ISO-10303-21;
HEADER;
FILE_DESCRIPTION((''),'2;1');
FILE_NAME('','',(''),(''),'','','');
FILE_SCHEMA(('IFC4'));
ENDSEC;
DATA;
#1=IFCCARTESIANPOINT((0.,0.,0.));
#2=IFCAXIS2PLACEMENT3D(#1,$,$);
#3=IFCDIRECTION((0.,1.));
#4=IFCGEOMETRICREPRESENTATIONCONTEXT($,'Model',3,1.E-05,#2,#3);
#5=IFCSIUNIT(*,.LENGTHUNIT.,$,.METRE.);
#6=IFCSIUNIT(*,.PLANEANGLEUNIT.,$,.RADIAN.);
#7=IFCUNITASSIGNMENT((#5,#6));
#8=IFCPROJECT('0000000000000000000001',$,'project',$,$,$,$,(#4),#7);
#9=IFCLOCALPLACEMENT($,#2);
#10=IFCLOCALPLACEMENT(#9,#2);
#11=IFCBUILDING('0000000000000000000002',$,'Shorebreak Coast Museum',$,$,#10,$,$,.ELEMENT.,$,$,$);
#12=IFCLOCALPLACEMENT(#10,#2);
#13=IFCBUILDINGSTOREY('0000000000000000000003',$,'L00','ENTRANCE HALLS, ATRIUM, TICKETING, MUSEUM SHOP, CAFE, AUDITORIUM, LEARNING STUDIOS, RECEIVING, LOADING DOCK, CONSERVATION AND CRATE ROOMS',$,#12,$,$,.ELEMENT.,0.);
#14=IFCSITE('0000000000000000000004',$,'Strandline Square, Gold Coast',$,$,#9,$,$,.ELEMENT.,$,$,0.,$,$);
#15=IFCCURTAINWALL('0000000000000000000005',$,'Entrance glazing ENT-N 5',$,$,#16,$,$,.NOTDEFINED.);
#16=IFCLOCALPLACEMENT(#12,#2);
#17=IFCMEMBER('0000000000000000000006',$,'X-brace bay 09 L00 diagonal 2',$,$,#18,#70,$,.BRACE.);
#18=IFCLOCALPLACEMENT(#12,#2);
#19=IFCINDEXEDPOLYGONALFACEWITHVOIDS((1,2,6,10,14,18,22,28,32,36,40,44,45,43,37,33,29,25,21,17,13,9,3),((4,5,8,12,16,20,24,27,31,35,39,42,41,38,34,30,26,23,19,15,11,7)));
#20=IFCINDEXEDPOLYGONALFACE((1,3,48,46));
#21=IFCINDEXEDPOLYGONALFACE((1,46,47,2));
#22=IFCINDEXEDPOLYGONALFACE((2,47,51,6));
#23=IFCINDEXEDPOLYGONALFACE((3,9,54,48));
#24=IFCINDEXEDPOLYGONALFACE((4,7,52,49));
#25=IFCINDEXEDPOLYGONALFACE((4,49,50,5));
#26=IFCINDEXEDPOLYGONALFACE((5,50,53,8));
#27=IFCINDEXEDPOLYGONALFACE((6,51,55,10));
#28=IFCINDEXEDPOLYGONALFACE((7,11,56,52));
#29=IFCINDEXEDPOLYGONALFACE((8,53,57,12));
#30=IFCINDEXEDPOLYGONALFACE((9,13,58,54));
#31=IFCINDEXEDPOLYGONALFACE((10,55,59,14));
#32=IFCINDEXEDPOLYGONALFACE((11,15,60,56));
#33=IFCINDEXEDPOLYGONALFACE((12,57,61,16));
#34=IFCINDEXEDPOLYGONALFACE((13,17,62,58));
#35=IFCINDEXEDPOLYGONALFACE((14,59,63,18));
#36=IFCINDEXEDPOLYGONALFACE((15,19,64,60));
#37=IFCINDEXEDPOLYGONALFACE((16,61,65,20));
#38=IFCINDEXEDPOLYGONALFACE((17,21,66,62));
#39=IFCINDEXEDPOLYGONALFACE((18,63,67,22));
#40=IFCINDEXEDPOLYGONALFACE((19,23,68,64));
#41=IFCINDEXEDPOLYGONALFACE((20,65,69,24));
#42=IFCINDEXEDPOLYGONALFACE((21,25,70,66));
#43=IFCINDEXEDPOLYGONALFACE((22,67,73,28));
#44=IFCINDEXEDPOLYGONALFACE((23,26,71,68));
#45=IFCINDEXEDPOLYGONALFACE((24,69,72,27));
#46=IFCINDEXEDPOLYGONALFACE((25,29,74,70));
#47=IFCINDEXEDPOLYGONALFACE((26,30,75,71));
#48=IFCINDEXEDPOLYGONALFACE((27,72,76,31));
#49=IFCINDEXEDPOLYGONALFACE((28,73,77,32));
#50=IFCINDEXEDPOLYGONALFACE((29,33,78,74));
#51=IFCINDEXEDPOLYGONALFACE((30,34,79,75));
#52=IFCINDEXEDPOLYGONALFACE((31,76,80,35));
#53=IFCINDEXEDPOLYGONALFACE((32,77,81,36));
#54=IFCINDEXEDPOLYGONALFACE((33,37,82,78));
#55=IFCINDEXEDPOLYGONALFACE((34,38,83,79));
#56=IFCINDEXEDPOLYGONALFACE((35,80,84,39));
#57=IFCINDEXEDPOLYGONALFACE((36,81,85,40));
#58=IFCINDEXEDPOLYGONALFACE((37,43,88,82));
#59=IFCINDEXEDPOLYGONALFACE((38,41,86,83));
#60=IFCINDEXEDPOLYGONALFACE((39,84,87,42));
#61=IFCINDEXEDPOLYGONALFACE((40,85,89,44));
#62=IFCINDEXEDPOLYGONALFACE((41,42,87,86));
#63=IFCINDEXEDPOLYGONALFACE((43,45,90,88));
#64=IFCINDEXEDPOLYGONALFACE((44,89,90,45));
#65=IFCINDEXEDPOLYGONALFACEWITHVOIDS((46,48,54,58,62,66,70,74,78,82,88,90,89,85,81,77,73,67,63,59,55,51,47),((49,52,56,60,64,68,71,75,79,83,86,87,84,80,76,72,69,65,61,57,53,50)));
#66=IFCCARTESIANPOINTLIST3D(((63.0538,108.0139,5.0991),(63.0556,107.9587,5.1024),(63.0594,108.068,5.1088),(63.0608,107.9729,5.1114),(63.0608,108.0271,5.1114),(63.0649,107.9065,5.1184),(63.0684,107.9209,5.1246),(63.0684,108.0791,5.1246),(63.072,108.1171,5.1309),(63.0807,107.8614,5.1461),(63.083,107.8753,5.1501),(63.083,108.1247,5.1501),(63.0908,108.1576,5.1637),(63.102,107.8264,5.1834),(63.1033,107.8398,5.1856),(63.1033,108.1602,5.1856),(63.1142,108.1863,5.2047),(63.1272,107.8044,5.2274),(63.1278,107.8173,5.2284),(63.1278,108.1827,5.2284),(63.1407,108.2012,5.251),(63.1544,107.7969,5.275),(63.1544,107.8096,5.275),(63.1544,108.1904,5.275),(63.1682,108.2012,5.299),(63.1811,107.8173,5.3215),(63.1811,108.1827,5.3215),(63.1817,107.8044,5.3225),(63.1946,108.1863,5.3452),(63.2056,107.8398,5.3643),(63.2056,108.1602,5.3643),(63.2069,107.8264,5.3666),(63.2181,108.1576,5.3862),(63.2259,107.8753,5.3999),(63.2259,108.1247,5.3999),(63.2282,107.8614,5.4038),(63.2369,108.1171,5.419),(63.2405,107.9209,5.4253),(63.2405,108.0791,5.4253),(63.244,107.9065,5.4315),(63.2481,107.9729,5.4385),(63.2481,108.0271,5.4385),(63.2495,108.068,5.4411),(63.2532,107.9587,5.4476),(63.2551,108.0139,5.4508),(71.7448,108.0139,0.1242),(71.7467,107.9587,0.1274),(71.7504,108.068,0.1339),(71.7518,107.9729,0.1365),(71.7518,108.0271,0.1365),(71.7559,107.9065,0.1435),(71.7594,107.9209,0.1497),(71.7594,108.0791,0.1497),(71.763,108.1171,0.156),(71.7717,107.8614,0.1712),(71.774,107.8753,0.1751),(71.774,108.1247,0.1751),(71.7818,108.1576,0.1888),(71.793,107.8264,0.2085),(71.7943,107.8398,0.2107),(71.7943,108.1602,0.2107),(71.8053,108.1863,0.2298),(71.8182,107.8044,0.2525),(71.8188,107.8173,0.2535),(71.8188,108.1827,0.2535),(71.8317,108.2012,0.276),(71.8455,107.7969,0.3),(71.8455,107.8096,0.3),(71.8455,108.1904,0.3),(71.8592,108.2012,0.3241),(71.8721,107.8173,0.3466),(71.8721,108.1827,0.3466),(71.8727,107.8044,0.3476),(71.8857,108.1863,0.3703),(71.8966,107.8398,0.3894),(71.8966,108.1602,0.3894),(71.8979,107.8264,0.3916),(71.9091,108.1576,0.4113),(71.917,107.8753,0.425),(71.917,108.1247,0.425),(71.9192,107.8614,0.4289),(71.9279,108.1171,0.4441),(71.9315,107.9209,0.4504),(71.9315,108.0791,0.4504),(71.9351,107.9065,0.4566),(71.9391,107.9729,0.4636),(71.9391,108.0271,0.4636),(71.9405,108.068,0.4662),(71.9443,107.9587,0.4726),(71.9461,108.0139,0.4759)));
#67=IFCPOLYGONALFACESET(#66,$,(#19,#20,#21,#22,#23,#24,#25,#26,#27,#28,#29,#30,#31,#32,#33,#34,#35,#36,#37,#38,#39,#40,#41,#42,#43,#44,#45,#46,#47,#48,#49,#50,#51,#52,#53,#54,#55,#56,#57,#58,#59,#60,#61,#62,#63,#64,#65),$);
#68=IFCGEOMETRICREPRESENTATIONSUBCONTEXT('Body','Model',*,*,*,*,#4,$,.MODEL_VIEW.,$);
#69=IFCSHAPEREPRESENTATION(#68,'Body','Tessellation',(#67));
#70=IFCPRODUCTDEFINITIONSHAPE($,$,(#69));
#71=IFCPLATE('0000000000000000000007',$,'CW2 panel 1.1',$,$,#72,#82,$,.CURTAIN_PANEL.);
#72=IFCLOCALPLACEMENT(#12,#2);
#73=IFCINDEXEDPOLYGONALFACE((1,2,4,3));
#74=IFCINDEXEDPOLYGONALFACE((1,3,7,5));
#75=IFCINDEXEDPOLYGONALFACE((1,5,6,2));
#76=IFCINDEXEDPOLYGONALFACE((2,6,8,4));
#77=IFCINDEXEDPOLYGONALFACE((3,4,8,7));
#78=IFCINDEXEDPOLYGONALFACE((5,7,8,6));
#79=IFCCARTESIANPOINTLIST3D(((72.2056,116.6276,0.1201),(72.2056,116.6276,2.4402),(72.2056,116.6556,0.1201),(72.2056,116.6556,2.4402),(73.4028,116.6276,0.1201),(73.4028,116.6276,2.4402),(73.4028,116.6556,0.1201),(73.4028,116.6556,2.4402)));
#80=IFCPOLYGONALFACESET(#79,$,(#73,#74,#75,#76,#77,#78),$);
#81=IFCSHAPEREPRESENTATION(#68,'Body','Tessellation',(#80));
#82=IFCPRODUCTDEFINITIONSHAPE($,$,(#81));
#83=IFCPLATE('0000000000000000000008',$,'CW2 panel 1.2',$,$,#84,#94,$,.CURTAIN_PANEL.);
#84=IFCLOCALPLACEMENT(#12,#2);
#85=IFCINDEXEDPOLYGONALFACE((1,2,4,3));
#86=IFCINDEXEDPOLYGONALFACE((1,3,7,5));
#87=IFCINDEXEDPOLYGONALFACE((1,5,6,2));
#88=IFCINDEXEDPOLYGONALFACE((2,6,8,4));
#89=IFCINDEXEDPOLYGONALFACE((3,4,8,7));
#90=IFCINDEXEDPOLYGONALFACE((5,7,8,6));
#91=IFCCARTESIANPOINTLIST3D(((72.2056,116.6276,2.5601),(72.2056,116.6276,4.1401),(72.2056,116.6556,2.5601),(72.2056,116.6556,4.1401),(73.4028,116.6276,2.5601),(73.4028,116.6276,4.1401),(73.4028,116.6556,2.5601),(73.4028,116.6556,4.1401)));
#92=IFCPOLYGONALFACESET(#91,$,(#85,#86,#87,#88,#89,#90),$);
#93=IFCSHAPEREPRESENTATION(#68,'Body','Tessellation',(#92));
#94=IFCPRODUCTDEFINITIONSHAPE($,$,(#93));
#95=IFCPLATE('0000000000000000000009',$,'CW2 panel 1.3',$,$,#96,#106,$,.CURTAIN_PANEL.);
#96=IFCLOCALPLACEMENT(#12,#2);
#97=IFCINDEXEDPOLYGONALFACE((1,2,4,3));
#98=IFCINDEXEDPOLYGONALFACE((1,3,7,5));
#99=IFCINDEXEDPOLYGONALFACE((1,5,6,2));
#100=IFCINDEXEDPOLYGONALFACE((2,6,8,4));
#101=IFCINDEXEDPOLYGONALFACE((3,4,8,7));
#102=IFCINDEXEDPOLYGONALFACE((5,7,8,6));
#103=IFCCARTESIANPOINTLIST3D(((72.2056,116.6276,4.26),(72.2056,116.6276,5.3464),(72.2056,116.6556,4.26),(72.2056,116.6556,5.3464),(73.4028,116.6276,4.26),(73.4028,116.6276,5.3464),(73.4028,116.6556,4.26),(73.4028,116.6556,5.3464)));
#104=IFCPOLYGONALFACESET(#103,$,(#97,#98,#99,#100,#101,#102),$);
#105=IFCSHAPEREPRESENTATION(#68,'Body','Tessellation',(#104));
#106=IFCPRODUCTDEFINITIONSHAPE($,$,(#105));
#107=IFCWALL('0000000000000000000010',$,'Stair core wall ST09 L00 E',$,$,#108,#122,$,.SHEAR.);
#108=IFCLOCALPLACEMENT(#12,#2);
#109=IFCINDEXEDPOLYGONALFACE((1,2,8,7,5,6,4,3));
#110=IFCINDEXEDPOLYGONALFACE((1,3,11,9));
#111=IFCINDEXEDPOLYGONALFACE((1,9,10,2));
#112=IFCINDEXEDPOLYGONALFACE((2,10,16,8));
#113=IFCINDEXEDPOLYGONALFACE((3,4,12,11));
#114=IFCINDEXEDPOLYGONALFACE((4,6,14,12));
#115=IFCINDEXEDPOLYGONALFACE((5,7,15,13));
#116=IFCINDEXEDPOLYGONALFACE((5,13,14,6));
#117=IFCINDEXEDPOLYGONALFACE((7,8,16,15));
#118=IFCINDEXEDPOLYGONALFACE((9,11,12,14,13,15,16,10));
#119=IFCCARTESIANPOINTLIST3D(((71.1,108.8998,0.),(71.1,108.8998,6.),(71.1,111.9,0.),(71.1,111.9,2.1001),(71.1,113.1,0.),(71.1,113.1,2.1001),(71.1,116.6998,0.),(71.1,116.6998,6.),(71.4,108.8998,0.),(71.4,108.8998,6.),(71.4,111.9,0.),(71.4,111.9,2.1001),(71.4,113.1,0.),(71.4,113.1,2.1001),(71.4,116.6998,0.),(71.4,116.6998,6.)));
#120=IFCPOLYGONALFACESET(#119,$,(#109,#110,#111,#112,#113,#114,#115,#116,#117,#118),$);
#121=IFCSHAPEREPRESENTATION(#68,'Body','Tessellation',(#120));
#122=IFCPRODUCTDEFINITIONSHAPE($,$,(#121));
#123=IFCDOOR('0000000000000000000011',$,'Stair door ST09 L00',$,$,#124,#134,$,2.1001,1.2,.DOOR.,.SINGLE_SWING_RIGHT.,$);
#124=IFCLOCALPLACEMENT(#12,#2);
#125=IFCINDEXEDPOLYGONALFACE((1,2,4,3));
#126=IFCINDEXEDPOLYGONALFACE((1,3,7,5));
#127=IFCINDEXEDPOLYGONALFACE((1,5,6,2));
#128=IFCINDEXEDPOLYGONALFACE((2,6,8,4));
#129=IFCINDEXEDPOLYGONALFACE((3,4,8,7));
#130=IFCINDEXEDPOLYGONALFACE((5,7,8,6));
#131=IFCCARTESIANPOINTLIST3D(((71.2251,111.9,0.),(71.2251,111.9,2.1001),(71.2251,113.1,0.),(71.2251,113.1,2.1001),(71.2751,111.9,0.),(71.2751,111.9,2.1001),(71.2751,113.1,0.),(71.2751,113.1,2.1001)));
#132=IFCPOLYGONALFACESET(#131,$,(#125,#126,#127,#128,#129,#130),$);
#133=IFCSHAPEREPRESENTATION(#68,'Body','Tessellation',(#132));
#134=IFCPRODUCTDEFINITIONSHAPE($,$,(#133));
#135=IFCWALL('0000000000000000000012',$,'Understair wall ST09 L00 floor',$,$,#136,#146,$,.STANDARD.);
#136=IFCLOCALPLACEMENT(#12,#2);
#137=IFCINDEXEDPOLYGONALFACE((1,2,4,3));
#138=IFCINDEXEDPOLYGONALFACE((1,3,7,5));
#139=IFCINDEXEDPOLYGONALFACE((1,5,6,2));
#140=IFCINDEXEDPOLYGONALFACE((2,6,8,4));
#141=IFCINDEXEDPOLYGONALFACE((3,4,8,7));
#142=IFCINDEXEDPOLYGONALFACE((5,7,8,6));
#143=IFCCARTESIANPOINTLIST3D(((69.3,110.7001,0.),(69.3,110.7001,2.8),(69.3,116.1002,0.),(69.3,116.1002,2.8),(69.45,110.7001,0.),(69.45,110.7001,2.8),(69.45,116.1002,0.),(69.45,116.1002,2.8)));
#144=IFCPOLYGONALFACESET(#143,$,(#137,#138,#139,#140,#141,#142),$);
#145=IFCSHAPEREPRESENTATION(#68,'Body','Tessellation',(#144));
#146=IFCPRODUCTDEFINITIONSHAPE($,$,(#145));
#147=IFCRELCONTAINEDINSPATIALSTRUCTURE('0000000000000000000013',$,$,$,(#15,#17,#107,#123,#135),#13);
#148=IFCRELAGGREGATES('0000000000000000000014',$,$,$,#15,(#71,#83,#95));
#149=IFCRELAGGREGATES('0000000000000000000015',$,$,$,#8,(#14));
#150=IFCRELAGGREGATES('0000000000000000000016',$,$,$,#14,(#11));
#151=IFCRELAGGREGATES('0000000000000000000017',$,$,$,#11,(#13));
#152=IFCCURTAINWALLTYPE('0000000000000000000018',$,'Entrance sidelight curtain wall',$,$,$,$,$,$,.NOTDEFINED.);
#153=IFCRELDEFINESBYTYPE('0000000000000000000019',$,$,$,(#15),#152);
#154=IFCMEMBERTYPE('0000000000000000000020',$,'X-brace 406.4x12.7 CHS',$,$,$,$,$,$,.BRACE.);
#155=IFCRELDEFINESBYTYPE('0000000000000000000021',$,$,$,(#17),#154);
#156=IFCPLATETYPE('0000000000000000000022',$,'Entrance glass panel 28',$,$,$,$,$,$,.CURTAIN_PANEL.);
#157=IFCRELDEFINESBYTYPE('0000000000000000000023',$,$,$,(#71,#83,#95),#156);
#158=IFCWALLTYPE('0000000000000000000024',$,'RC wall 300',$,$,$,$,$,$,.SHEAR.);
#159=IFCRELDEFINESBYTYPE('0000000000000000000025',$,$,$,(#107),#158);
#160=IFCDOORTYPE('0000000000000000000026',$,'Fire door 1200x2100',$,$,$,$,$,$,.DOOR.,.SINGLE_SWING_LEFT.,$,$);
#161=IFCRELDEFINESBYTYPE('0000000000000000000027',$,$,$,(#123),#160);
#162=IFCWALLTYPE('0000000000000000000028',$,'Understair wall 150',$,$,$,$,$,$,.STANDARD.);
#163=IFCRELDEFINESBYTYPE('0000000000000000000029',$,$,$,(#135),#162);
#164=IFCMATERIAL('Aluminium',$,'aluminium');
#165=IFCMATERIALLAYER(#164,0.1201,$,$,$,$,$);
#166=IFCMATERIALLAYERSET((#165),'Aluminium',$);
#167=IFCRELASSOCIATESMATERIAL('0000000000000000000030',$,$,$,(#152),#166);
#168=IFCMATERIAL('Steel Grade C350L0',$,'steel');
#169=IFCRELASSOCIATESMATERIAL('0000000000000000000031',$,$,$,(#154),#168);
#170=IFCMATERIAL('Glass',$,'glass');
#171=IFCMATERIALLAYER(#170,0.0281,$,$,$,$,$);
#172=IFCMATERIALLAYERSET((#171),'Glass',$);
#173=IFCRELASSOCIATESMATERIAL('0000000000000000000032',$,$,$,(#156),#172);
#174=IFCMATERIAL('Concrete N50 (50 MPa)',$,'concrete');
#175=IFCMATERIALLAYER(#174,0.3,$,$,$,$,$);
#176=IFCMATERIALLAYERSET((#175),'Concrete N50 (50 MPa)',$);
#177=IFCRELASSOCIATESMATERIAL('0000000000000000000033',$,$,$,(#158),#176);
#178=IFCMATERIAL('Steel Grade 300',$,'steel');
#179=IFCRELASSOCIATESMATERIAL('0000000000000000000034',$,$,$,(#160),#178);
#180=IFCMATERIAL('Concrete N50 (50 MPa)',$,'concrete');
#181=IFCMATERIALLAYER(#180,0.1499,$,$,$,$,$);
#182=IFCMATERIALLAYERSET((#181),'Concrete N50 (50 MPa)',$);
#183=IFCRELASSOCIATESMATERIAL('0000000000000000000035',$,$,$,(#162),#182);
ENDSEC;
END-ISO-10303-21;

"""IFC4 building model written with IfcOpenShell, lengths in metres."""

from ifc_helpers import new_model, si_unit, direction, frame, frame_2d, origin, origin_2d, place, context, subcontext, project, spatial, rectangle, hollow_circle, extrude, material, layer, layer_set, material_profile, profile_set, type_object, element, fill, aggregate, save


model = new_model("IFC4")

# Units and contexts
model_context = context("Model", 3, precision=1e-05, world=origin(), true_north=direction((0.0, 1.0)))
body_context = subcontext(model_context, "Body", "Model", "MODEL_VIEW")
ifc_project = project(units=[si_unit("LENGTHUNIT", "METRE"), si_unit("PLANEANGLEUNIT", "RADIAN")], contexts=[model_context])

# Site, building, storey
site_placement = place(None, origin())
site = spatial("IfcSite", under=ifc_project, at=site_placement, Name="Strandline Square, Gold Coast", CompositionType="ELEMENT", RefElevation=0.0)
building_placement = place(site_placement, origin())
building = spatial("IfcBuilding", under=site, at=building_placement, Name="Shorebreak Coast Museum", CompositionType="ELEMENT")
storey_placement = place(building_placement, origin())
storey = spatial("IfcBuildingStorey", under=building, at=storey_placement, Name="L00", Description="ENTRANCE HALLS, ATRIUM, TICKETING, MUSEUM SHOP, CAFE, AUDITORIUM, LEARNING STUDIOS, RECEIVING, LOADING DOCK, CONSERVATION AND CRATE ROOMS", CompositionType="ELEMENT", Elevation=0.0)

# Curtain wall
ifc_material_1 = material(Name="Aluminium", Category="aluminium")
ifc_layer_1 = layer(ifc_material_1, 0.1201)
ifc_layer_set_1 = layer_set([ifc_layer_1], Name="Aluminium")
curtain_wall_type = type_object("IfcCurtainWallType", Name="Entrance sidelight curtain wall", PredefinedType="NOTDEFINED", material=ifc_layer_set_1)
curtain_wall_placement = place(storey_placement, origin())
curtain_wall = element("IfcCurtainWall", 1, at=curtain_wall_placement, inside=storey, type_object=curtain_wall_type, Name="Entrance glazing ENT-N 5", PredefinedType="NOTDEFINED")

# Member
ifc_material_2 = material(Name="Steel Grade C350L0", Category="steel")
ifc_material_profile_1 = material_profile(ifc_material_2, hollow_circle(Radius=0.2031, WallThickness=0.0127, at=origin_2d()), Name="406.4x12.7 CHS")
ifc_profile_set_1 = profile_set([ifc_material_profile_1], Name="Steel Grade C350L0")
member_type_1 = type_object("IfcMemberType", Name="X-brace 406.4x12.7 CHS", PredefinedType="BRACE", material=ifc_profile_set_1)
member_1_placement = place(storey_placement, frame((71.8455, 108.0, 0.3), z_axis=(-0.867872, 0.0, 0.496787), x_axis=(0.0, -1.0, 0.0)))
element("IfcMember", 2, at=member_1_placement, inside=storey, type_object=member_type_1, Name="X-brace bay 09 L00 diagonal 2", PredefinedType="BRACE", context=body_context, shape_type="SweptSolid", body=[
    extrude(hollow_circle(Radius=0.2031, WallThickness=0.0127, at=origin_2d()), origin(), (0.0, 0.0, 1.0), 10.0142),
])

# Plates
ifc_material_3 = material(Name="Glass", Category="glass")
ifc_layer_2 = layer(ifc_material_3, 0.0281)
ifc_layer_set_2 = layer_set([ifc_layer_2], Name="Glass")
plate_type = type_object("IfcPlateType", Name="Entrance glass panel 28", PredefinedType="CURTAIN_PANEL", material=ifc_layer_set_2)
plate_1_placement = place(storey_placement, frame((72.8042, 116.6416, 0.1201), z_axis=(0.0, 0.0, 1.0), x_axis=(1.0, 0.0, 0.0)))
plate_1 = element("IfcPlate", 3, at=plate_1_placement, type_object=plate_type, Name="CW2 panel 1.1", PredefinedType="CURTAIN_PANEL", context=body_context, shape_type="SweptSolid", body=[
    extrude(rectangle(XDim=1.1973, YDim=0.0281, at=origin_2d()), origin(), (0.0, 0.0, 1.0), 2.3201),
])
plate_2_placement = place(storey_placement, frame((72.8042, 116.6416, 2.5601), z_axis=(0.0, 0.0, 1.0), x_axis=(1.0, 0.0, 0.0)))
plate_2 = element("IfcPlate", 4, at=plate_2_placement, type_object=plate_type, Name="CW2 panel 1.2", PredefinedType="CURTAIN_PANEL", context=body_context, shape_type="SweptSolid", body=[
    extrude(rectangle(XDim=1.1973, YDim=0.0281, at=origin_2d()), origin(), (0.0, 0.0, 1.0), 1.5801),
])
plate_3_placement = place(storey_placement, frame((72.8042, 116.6416, 4.26), z_axis=(0.0, 0.0, 1.0), x_axis=(1.0, 0.0, 0.0)))
plate_3 = element("IfcPlate", 5, at=plate_3_placement, type_object=plate_type, Name="CW2 panel 1.3", PredefinedType="CURTAIN_PANEL", context=body_context, shape_type="SweptSolid", body=[
    extrude(rectangle(XDim=1.1973, YDim=0.0281, at=origin_2d()), origin(), (0.0, 0.0, 1.0), 1.0864),
])
aggregate(curtain_wall, [plate_1, plate_2, plate_3])

# Wall, opening, door
ifc_material_4 = material(Name="Concrete N50 (50 MPa)", Category="concrete")
ifc_layer_3 = layer(ifc_material_4, 0.3)
ifc_layer_set_3 = layer_set([ifc_layer_3], Name="Concrete N50 (50 MPa)")
wall_type_1 = type_object("IfcWallType", Name="RC wall 300", PredefinedType="SHEAR", material=ifc_layer_set_3)
wall_1_placement = place(storey_placement, frame((71.25, 108.8999, 0.0), z_axis=(0.0, 0.0, 1.0), x_axis=(0.0, 1.0, 0.0)))
wall_1 = element("IfcWall", 6, at=wall_1_placement, inside=storey, type_object=wall_type_1, Name="Stair core wall ST09 L00 E", PredefinedType="SHEAR", context=body_context, shape_type="SweptSolid", body=[
    extrude(rectangle(XDim=7.8, YDim=0.3, at=frame_2d((3.8999, 0.0))), origin(), (0.0, 0.0, 1.0), 6.0),
])
opening_placement = place(wall_1_placement, frame((3.0, 0.0, 0.0)))
opening = element("IfcOpeningElement", 7, at=opening_placement, cuts=wall_1, PredefinedType="OPENING", context=body_context, shape_type="SweptSolid", body=[
    extrude(rectangle(XDim=1.2, YDim=2.1001, at=frame_2d((0.6001, 1.05))), frame((0.0, 0.1599, 0.0), z_axis=(0.0, -1.0, 0.0), x_axis=(1.0, 0.0, 0.0)), (0.0, 0.0, 1.0), 0.3201),
])
ifc_material_5 = material(Name="Steel Grade 300", Category="steel")
door_type = type_object("IfcDoorType", Name="Fire door 1200x2100", OperationType="SINGLE_SWING_LEFT", PredefinedType="DOOR", material=ifc_material_5)
door_placement = place(opening_placement, origin())
door = element("IfcDoor", 8, at=door_placement, inside=storey, type_object=door_type, Name="Stair door ST09 L00", OperationType="SINGLE_SWING_RIGHT", OverallHeight=2.1001, OverallWidth=1.2, PredefinedType="DOOR", context=body_context, shape_type="SweptSolid", body=[
    extrude(rectangle(XDim=1.2, YDim=2.1001, at=frame_2d((0.6001, 1.05))), frame((0.0, 0.0249, 0.0), z_axis=(0.0, -1.0, 0.0), x_axis=(1.0, 0.0, 0.0)), (0.0, 0.0, 1.0), 0.05),
])
fill(opening, door)

# Wall
ifc_material_6 = material(Name="Concrete N50 (50 MPa)", Category="concrete")
ifc_layer_4 = layer(ifc_material_6, 0.1499)
ifc_layer_set_4 = layer_set([ifc_layer_4], Name="Concrete N50 (50 MPa)")
wall_type_2 = type_object("IfcWallType", Name="Understair wall 150", PredefinedType="STANDARD", material=ifc_layer_set_4)
wall_2_placement = place(storey_placement, frame((69.375, 110.7, 0.0), z_axis=(0.0, 0.0, 1.0), x_axis=(0.0, 1.0, 0.0)))
element("IfcWall", 9, at=wall_2_placement, inside=storey, type_object=wall_type_2, Name="Understair wall ST09 L00 floor", PredefinedType="STANDARD", context=body_context, shape_type="SweptSolid", body=[
    extrude(rectangle(XDim=5.4001, YDim=0.1499, at=frame_2d((2.7002, 0.0))), origin(), (0.0, 0.0, 1.0), 2.8),
])

save(model, "model.ifc")
